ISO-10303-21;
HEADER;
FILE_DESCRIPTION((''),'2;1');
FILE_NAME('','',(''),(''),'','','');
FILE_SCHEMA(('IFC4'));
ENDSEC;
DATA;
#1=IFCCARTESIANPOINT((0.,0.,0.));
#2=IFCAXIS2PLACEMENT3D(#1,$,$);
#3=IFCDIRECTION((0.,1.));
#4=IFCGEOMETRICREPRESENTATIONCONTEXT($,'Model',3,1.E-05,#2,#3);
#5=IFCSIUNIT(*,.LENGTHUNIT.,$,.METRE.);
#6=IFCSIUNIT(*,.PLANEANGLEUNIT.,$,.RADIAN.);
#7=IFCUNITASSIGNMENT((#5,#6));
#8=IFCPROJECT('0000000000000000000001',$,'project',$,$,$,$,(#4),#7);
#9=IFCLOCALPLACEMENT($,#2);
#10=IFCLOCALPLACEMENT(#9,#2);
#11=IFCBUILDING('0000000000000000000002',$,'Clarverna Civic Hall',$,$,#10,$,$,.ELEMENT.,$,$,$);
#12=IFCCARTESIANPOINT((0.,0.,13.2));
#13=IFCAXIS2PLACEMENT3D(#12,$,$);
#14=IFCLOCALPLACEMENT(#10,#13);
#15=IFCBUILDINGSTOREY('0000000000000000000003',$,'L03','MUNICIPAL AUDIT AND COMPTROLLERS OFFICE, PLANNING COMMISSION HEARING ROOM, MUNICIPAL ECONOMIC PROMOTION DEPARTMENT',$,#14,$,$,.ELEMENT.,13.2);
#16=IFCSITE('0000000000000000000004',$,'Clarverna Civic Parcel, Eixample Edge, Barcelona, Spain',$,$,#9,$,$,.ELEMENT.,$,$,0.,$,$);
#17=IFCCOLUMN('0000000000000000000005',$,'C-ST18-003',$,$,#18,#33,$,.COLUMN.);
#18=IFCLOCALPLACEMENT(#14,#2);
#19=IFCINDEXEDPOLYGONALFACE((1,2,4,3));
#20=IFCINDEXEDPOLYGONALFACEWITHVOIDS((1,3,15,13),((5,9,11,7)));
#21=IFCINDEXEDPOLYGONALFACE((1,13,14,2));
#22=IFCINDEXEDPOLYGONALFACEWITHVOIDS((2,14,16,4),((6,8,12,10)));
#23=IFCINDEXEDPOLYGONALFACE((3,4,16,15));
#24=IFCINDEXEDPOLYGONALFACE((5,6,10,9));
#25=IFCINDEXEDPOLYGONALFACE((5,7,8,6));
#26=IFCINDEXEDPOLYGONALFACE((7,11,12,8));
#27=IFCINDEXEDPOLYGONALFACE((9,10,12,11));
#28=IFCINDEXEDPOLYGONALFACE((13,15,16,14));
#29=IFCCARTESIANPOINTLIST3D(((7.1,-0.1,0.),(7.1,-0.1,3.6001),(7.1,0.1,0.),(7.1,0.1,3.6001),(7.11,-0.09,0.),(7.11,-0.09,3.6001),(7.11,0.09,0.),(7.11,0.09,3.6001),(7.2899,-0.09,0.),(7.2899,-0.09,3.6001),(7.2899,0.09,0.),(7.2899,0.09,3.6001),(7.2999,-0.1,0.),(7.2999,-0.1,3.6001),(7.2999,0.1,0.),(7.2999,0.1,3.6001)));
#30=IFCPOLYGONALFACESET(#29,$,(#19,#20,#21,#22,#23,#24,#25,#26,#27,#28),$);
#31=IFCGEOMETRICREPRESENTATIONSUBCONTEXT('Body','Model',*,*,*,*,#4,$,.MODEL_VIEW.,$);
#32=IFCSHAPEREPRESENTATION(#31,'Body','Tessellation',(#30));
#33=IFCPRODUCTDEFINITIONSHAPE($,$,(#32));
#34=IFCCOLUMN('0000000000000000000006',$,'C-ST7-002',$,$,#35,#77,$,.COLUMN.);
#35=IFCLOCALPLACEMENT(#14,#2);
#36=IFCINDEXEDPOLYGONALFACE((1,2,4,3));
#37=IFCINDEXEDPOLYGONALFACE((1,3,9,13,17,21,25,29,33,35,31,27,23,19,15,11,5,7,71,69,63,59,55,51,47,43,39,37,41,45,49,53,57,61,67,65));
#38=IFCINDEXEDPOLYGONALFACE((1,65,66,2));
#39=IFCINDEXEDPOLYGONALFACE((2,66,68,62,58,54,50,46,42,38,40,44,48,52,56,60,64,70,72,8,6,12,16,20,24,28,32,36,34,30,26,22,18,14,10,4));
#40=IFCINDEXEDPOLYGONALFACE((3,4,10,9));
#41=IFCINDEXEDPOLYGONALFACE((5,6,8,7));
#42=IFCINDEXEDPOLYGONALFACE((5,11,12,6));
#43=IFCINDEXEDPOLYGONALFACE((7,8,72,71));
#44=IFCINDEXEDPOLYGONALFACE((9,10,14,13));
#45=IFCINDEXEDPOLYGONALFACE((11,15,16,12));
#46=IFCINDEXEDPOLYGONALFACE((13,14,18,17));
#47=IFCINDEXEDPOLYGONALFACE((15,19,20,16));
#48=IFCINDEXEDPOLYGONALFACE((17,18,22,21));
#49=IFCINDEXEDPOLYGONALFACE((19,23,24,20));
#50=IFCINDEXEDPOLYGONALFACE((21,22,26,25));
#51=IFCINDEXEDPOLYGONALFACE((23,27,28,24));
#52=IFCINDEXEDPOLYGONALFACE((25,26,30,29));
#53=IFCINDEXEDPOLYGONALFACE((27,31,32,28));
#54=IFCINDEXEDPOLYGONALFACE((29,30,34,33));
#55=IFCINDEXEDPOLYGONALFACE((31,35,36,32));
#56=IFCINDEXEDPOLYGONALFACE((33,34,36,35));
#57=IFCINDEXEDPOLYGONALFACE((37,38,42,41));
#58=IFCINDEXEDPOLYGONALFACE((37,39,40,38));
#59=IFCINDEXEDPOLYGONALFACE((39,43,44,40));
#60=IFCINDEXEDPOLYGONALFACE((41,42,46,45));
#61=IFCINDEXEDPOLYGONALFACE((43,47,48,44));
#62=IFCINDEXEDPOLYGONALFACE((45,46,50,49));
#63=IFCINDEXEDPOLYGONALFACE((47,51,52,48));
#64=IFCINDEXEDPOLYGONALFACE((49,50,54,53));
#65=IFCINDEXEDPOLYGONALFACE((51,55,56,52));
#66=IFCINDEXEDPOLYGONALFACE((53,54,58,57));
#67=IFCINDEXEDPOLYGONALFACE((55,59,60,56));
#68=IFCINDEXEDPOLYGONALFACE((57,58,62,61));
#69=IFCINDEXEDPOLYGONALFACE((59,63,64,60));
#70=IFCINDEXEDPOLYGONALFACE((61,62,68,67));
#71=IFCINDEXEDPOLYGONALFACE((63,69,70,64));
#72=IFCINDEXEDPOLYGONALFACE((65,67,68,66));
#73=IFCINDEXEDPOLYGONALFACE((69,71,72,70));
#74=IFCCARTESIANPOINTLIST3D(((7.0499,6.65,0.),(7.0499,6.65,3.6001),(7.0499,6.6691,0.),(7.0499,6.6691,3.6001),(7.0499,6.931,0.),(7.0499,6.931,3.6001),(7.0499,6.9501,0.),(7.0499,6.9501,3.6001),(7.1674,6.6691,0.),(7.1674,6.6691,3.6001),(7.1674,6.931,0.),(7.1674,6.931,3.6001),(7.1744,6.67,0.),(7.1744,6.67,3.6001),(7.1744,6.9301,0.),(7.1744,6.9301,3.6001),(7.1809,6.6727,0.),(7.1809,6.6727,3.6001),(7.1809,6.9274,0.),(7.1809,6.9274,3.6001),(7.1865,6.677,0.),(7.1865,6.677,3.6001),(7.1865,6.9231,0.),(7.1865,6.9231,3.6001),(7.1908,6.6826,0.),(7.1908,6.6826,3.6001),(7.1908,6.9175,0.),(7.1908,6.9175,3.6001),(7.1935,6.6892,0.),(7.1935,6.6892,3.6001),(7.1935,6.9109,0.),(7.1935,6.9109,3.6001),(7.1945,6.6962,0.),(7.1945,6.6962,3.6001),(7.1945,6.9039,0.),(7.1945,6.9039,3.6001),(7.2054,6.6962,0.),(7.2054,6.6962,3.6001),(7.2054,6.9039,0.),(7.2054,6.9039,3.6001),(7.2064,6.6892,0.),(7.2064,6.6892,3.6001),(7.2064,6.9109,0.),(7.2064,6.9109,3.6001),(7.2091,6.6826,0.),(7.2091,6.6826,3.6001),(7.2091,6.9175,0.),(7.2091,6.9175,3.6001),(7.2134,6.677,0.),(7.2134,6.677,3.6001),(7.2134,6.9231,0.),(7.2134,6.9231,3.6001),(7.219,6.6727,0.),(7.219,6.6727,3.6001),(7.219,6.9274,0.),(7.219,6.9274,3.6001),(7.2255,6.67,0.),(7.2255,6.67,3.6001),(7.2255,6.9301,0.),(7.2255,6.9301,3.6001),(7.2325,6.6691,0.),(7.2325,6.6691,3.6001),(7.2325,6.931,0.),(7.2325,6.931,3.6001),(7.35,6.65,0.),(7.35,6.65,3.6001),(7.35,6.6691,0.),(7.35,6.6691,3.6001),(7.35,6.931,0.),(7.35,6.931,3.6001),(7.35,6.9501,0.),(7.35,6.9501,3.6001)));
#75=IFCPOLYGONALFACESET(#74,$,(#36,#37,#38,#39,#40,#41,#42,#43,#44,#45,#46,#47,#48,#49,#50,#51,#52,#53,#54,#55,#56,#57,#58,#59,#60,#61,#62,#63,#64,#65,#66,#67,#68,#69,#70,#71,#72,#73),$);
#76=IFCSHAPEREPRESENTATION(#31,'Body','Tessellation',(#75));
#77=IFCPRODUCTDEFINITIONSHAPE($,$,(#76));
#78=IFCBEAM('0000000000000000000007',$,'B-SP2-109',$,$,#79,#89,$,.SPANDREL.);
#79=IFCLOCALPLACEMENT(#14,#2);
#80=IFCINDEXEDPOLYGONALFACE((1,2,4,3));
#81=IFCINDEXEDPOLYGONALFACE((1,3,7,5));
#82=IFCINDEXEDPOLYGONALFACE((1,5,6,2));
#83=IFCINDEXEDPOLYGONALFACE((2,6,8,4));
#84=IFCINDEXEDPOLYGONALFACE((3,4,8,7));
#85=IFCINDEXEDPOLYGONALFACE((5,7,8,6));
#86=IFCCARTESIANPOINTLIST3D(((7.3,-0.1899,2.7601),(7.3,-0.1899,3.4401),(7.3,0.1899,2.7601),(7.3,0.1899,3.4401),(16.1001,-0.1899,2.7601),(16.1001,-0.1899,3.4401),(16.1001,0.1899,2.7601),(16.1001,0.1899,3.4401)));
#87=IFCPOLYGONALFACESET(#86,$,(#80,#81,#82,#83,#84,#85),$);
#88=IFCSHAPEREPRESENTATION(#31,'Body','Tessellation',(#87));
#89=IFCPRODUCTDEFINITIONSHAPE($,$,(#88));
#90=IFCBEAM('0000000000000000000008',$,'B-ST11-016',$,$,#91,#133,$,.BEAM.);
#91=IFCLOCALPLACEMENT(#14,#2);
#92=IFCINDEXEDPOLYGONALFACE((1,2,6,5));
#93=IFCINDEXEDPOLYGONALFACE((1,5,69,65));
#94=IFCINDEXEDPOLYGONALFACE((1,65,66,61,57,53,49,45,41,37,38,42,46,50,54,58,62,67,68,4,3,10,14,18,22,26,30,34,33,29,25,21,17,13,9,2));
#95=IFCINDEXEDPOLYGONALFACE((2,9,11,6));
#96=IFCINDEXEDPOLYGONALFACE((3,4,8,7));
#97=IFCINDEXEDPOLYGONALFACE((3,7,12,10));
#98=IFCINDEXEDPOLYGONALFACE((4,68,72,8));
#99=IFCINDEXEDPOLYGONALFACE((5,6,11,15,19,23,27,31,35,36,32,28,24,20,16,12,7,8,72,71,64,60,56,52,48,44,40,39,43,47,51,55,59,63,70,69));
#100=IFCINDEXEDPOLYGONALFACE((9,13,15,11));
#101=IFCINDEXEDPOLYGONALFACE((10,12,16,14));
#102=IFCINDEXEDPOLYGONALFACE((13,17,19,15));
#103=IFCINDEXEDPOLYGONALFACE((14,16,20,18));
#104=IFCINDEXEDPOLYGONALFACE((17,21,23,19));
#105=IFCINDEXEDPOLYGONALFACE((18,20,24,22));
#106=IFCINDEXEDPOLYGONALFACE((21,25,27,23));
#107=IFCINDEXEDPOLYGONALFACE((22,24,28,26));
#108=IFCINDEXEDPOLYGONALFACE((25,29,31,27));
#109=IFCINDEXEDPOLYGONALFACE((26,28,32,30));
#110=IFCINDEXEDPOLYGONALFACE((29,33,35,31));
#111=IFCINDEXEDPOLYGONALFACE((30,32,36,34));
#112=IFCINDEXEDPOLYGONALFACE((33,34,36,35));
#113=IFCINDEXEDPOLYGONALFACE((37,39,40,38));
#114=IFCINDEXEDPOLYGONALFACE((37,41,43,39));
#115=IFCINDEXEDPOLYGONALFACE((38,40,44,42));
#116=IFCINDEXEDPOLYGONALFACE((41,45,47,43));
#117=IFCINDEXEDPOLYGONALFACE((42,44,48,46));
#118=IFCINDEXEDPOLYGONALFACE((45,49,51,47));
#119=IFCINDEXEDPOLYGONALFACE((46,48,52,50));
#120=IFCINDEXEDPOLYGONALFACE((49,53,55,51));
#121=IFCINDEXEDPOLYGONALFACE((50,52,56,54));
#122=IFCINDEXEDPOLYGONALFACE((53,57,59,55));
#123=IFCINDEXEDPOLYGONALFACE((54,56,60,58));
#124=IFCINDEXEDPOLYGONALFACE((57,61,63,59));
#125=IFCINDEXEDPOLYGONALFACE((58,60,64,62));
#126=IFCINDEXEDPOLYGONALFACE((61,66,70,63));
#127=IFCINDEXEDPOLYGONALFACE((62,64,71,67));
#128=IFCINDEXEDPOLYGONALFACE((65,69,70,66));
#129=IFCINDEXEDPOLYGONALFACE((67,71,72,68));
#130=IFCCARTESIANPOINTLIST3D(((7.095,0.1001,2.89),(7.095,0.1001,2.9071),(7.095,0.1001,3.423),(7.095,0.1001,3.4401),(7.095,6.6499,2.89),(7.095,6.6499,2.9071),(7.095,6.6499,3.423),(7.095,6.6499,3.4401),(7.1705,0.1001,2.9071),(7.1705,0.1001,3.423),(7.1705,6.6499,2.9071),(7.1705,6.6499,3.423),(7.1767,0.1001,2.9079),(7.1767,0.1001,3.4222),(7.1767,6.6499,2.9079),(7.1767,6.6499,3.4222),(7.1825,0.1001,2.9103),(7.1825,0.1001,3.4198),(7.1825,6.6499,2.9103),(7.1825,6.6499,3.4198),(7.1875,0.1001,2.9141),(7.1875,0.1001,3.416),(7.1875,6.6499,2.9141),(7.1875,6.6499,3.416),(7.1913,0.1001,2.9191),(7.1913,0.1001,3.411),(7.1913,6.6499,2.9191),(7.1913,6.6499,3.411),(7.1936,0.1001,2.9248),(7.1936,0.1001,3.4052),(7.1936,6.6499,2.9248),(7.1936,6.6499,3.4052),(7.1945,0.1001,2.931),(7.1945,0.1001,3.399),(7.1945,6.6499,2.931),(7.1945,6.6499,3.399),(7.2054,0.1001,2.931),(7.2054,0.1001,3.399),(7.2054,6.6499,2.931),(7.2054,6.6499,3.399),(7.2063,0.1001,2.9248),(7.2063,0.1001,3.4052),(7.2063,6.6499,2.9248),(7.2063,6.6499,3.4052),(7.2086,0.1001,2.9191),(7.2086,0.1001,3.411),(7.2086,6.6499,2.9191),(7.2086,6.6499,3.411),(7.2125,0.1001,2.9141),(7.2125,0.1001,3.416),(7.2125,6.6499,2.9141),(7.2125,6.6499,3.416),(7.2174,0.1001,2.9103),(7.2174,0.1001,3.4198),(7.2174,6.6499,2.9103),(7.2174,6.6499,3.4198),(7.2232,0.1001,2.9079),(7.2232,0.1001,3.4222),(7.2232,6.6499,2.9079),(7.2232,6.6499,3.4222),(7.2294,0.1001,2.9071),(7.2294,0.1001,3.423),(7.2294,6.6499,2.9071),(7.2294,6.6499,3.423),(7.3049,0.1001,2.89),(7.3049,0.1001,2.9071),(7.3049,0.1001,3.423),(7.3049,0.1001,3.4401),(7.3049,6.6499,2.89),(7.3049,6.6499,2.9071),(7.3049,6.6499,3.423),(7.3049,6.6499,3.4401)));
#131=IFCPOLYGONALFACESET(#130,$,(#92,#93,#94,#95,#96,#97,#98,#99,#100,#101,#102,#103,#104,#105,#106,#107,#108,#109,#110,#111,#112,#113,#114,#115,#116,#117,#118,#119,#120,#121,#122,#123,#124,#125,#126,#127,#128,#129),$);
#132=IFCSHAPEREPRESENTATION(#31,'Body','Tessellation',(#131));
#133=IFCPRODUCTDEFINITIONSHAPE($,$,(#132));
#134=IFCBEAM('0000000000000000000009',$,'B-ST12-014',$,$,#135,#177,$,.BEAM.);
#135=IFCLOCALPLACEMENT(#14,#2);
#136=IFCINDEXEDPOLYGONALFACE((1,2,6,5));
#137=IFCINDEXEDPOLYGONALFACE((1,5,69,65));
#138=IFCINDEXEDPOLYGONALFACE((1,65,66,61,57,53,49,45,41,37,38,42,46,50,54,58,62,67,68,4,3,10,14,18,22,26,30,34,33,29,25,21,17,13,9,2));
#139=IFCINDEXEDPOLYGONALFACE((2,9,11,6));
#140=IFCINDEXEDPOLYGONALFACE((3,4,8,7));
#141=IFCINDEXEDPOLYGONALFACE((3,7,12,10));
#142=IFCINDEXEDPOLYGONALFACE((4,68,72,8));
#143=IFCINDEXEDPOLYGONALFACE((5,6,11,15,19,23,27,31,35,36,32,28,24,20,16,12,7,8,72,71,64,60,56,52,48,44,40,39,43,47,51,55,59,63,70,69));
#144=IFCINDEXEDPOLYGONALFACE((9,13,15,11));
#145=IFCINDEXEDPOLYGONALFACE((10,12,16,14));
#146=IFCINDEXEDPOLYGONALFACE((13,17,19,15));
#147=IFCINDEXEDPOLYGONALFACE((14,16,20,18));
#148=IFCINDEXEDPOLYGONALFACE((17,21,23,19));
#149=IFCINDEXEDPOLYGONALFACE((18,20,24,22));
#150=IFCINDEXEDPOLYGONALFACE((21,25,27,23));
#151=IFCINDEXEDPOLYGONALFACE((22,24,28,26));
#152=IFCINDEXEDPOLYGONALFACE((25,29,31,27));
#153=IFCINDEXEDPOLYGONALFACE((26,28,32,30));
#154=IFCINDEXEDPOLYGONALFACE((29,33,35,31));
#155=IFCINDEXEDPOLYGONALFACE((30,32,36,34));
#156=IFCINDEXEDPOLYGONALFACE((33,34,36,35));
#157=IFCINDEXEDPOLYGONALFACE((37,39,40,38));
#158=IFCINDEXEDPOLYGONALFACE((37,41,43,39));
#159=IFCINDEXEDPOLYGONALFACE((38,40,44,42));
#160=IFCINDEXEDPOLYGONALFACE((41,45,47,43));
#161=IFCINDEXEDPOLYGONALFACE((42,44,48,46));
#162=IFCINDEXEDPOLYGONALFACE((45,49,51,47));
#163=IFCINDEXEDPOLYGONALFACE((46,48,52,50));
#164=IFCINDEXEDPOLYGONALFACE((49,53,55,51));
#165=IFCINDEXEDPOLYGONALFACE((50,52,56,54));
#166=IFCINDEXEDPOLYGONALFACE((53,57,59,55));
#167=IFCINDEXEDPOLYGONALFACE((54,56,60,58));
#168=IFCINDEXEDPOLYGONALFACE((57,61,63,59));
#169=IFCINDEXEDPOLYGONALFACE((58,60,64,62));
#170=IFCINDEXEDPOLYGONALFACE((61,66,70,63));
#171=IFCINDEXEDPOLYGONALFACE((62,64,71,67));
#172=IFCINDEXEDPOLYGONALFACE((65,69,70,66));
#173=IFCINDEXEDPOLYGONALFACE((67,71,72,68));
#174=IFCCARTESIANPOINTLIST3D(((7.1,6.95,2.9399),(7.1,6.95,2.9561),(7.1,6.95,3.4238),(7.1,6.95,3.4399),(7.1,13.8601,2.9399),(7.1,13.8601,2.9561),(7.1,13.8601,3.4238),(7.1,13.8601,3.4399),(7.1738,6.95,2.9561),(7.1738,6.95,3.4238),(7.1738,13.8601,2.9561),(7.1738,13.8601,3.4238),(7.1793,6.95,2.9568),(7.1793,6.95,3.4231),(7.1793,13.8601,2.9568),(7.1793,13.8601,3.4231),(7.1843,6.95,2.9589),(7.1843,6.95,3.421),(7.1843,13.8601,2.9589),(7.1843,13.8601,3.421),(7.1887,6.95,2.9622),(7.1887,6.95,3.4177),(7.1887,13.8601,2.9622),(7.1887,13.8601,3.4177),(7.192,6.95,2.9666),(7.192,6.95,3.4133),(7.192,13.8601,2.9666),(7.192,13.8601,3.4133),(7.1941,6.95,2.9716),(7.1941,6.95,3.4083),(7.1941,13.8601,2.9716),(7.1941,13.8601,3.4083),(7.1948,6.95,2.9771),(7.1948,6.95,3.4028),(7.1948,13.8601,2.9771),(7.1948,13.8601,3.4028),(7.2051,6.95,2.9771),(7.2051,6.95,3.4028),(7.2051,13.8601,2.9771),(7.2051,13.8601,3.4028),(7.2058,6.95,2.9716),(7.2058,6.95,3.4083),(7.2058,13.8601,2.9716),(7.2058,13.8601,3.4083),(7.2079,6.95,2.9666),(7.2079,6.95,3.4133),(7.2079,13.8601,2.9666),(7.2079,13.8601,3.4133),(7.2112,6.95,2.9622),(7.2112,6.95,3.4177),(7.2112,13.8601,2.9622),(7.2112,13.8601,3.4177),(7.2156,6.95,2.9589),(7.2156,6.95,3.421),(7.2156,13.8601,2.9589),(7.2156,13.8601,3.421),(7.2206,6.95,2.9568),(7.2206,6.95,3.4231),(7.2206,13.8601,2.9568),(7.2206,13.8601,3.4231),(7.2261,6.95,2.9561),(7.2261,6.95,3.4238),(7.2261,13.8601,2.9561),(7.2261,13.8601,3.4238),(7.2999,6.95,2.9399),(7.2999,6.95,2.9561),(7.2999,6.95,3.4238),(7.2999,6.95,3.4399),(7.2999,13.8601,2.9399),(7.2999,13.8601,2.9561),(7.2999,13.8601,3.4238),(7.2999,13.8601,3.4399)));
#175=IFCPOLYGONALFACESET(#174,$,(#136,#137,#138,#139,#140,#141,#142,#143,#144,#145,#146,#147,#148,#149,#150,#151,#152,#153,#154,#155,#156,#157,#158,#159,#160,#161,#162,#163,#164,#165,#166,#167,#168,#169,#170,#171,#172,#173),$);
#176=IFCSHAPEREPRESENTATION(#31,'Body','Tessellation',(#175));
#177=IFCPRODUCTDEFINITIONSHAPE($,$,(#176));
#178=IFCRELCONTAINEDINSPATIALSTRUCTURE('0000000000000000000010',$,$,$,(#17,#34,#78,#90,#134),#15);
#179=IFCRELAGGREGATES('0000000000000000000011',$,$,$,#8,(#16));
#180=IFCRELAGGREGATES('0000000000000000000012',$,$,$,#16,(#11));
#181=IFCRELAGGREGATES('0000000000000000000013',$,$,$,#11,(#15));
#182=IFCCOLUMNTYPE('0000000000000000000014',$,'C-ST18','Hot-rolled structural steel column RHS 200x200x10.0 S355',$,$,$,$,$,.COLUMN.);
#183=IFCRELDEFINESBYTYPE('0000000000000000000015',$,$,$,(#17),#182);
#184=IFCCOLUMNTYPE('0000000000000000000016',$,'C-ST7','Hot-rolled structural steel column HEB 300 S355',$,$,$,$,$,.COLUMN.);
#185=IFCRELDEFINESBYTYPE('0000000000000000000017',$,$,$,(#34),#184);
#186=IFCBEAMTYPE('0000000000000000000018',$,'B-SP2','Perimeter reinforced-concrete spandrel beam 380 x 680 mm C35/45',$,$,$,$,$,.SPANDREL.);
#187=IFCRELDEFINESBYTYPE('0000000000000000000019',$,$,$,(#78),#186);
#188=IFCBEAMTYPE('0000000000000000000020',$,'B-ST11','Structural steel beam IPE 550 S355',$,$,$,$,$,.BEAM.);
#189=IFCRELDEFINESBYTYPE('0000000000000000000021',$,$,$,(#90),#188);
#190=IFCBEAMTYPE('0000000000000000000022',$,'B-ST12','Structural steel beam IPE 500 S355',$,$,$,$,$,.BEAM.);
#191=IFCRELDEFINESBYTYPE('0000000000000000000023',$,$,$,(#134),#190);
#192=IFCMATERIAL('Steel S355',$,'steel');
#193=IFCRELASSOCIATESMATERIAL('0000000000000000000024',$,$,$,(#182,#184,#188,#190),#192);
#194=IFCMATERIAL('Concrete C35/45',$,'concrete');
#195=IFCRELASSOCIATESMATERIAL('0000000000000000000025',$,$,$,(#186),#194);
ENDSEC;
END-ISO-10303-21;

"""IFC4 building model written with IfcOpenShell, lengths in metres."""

from ifc_helpers import new_model, si_unit, direction, frame, origin, origin_2d, place, context, subcontext, project, spatial, rectangle, hollow_rectangle, i_section, extrude, material, material_profile, profile_set, type_object, element, save


model = new_model("IFC4")

# Units and contexts
model_context = context("Model", 3, precision=1e-05, world=origin(), true_north=direction((0.0, 1.0)))
body_context = subcontext(model_context, "Body", "Model", "MODEL_VIEW")
ifc_project = project(units=[si_unit("LENGTHUNIT", "METRE"), si_unit("PLANEANGLEUNIT", "RADIAN")], contexts=[model_context])

# Site, building, storey
site_placement = place(None, origin())
site = spatial("IfcSite", under=ifc_project, at=site_placement, Name="Clarverna Civic Parcel, Eixample Edge, Barcelona, Spain", CompositionType="ELEMENT", RefElevation=0.0)
building_placement = place(site_placement, origin())
building = spatial("IfcBuilding", under=site, at=building_placement, Name="Clarverna Civic Hall", CompositionType="ELEMENT")
storey_placement = place(building_placement, frame((0.0, 0.0, 13.2)))
storey = spatial("IfcBuildingStorey", under=building, at=storey_placement, Name="L03", Description="MUNICIPAL AUDIT AND COMPTROLLERS OFFICE, PLANNING COMMISSION HEARING ROOM, MUNICIPAL ECONOMIC PROMOTION DEPARTMENT", CompositionType="ELEMENT", Elevation=13.2)

# Columns
ifc_material_1 = material(Name="Steel S355", Category="steel")
ifc_material_profile_1 = material_profile(ifc_material_1, hollow_rectangle(XDim=0.2, YDim=0.2, WallThickness=0.01, at=origin_2d()), Name="RHS 200x200x10.0")
ifc_profile_set_1 = profile_set([ifc_material_profile_1], Name="Steel S355")
column_type_1 = type_object("IfcColumnType", Name="C-ST18", Description="Hot-rolled structural steel column RHS 200x200x10.0 S355", PredefinedType="COLUMN", material=ifc_profile_set_1)
column_1_placement = place(storey_placement, frame((7.2, 0.0, 0.0), z_axis=(0.0, 0.0, 1.0), x_axis=(1.0, 0.0, 0.0)))
element("IfcColumn", 1, at=column_1_placement, inside=storey, type_object=column_type_1, Name="C-ST18-003", PredefinedType="COLUMN", context=body_context, shape_type="SweptSolid", body=[
    extrude(hollow_rectangle(XDim=0.2, YDim=0.2, WallThickness=0.01, at=origin_2d()), origin(), (0.0, 0.0, 1.0), 3.6001),
])
ifc_material_profile_2 = material_profile(ifc_material_1, i_section(OverallWidth=0.3, OverallDepth=0.3, WebThickness=0.011, FlangeThickness=0.019, FilletRadius=0.0271, at=origin_2d()), Name="HEB 300")
ifc_profile_set_2 = profile_set([ifc_material_profile_2], Name="Steel S355")
column_type_2 = type_object("IfcColumnType", Name="C-ST7", Description="Hot-rolled structural steel column HEB 300 S355", PredefinedType="COLUMN", material=ifc_profile_set_2)
column_2_placement = place(storey_placement, frame((7.2, 6.8, 0.0), z_axis=(0.0, 0.0, 1.0), x_axis=(1.0, 0.0, 0.0)))
element("IfcColumn", 2, at=column_2_placement, inside=storey, type_object=column_type_2, Name="C-ST7-002", PredefinedType="COLUMN", context=body_context, shape_type="SweptSolid", body=[
    extrude(i_section(OverallWidth=0.3, OverallDepth=0.3, WebThickness=0.011, FlangeThickness=0.019, FilletRadius=0.0271, at=origin_2d()), origin(), (0.0, 0.0, 1.0), 3.6001),
])

# Beams
ifc_material_2 = material(Name="Concrete C35/45", Category="concrete")
ifc_material_profile_3 = material_profile(ifc_material_2, rectangle(XDim=0.3799, YDim=0.6799, at=origin_2d()), Name="RC 380x680")
ifc_profile_set_3 = profile_set([ifc_material_profile_3], Name="Concrete C35/45")
beam_type_1 = type_object("IfcBeamType", Name="B-SP2", Description="Perimeter reinforced-concrete spandrel beam 380 x 680 mm C35/45", PredefinedType="SPANDREL", material=ifc_profile_set_3)
beam_1_placement = place(storey_placement, frame((7.3, 0.0, 3.1001), z_axis=(1.0, 0.0, 0.0), x_axis=(0.0, 1.0, 0.0)))
element("IfcBeam", 3, at=beam_1_placement, inside=storey, type_object=beam_type_1, Name="B-SP2-109", PredefinedType="SPANDREL", context=body_context, shape_type="SweptSolid", body=[
    extrude(rectangle(XDim=0.3799, YDim=0.6799, at=origin_2d()), origin(), (0.0, 0.0, 1.0), 8.8),
])
ifc_material_profile_4 = material_profile(ifc_material_1, i_section(OverallWidth=0.21, OverallDepth=0.55, WebThickness=0.011, FlangeThickness=0.0171, FilletRadius=0.0239, at=origin_2d()), Name="IPE 550")
ifc_profile_set_4 = profile_set([ifc_material_profile_4], Name="Steel S355")
beam_type_2 = type_object("IfcBeamType", Name="B-ST11", Description="Structural steel beam IPE 550 S355", PredefinedType="BEAM", material=ifc_profile_set_4)
beam_2_placement = place(storey_placement, frame((7.2, 0.1001, 3.165), z_axis=(0.0, 1.0, 0.0), x_axis=(-1.0, 0.0, 0.0)))
element("IfcBeam", 4, at=beam_2_placement, inside=storey, type_object=beam_type_2, Name="B-ST11-016", PredefinedType="BEAM", context=body_context, shape_type="SweptSolid", body=[
    extrude(i_section(OverallWidth=0.21, OverallDepth=0.55, WebThickness=0.011, FlangeThickness=0.0171, FilletRadius=0.0239, at=origin_2d()), origin(), (0.0, 0.0, 1.0), 6.5498),
])
ifc_material_profile_5 = material_profile(ifc_material_1, i_section(OverallWidth=0.2, OverallDepth=0.5, WebThickness=0.0103, FlangeThickness=0.0161, FilletRadius=0.021, at=origin_2d()), Name="IPE 500")
ifc_profile_set_5 = profile_set([ifc_material_profile_5], Name="Steel S355")
beam_type_3 = type_object("IfcBeamType", Name="B-ST12", Description="Structural steel beam IPE 500 S355", PredefinedType="BEAM", material=ifc_profile_set_5)
beam_3_placement = place(storey_placement, frame((7.2, 6.95, 3.1899), z_axis=(0.0, 1.0, 0.0), x_axis=(-1.0, 0.0, 0.0)))
element("IfcBeam", 5, at=beam_3_placement, inside=storey, type_object=beam_type_3, Name="B-ST12-014", PredefinedType="BEAM", context=body_context, shape_type="SweptSolid", body=[
    extrude(i_section(OverallWidth=0.2, OverallDepth=0.5, WebThickness=0.0103, FlangeThickness=0.0161, FilletRadius=0.021, at=origin_2d()), origin(), (0.0, 0.0, 1.0), 6.9102),
])

save(model, "model.ifc")
